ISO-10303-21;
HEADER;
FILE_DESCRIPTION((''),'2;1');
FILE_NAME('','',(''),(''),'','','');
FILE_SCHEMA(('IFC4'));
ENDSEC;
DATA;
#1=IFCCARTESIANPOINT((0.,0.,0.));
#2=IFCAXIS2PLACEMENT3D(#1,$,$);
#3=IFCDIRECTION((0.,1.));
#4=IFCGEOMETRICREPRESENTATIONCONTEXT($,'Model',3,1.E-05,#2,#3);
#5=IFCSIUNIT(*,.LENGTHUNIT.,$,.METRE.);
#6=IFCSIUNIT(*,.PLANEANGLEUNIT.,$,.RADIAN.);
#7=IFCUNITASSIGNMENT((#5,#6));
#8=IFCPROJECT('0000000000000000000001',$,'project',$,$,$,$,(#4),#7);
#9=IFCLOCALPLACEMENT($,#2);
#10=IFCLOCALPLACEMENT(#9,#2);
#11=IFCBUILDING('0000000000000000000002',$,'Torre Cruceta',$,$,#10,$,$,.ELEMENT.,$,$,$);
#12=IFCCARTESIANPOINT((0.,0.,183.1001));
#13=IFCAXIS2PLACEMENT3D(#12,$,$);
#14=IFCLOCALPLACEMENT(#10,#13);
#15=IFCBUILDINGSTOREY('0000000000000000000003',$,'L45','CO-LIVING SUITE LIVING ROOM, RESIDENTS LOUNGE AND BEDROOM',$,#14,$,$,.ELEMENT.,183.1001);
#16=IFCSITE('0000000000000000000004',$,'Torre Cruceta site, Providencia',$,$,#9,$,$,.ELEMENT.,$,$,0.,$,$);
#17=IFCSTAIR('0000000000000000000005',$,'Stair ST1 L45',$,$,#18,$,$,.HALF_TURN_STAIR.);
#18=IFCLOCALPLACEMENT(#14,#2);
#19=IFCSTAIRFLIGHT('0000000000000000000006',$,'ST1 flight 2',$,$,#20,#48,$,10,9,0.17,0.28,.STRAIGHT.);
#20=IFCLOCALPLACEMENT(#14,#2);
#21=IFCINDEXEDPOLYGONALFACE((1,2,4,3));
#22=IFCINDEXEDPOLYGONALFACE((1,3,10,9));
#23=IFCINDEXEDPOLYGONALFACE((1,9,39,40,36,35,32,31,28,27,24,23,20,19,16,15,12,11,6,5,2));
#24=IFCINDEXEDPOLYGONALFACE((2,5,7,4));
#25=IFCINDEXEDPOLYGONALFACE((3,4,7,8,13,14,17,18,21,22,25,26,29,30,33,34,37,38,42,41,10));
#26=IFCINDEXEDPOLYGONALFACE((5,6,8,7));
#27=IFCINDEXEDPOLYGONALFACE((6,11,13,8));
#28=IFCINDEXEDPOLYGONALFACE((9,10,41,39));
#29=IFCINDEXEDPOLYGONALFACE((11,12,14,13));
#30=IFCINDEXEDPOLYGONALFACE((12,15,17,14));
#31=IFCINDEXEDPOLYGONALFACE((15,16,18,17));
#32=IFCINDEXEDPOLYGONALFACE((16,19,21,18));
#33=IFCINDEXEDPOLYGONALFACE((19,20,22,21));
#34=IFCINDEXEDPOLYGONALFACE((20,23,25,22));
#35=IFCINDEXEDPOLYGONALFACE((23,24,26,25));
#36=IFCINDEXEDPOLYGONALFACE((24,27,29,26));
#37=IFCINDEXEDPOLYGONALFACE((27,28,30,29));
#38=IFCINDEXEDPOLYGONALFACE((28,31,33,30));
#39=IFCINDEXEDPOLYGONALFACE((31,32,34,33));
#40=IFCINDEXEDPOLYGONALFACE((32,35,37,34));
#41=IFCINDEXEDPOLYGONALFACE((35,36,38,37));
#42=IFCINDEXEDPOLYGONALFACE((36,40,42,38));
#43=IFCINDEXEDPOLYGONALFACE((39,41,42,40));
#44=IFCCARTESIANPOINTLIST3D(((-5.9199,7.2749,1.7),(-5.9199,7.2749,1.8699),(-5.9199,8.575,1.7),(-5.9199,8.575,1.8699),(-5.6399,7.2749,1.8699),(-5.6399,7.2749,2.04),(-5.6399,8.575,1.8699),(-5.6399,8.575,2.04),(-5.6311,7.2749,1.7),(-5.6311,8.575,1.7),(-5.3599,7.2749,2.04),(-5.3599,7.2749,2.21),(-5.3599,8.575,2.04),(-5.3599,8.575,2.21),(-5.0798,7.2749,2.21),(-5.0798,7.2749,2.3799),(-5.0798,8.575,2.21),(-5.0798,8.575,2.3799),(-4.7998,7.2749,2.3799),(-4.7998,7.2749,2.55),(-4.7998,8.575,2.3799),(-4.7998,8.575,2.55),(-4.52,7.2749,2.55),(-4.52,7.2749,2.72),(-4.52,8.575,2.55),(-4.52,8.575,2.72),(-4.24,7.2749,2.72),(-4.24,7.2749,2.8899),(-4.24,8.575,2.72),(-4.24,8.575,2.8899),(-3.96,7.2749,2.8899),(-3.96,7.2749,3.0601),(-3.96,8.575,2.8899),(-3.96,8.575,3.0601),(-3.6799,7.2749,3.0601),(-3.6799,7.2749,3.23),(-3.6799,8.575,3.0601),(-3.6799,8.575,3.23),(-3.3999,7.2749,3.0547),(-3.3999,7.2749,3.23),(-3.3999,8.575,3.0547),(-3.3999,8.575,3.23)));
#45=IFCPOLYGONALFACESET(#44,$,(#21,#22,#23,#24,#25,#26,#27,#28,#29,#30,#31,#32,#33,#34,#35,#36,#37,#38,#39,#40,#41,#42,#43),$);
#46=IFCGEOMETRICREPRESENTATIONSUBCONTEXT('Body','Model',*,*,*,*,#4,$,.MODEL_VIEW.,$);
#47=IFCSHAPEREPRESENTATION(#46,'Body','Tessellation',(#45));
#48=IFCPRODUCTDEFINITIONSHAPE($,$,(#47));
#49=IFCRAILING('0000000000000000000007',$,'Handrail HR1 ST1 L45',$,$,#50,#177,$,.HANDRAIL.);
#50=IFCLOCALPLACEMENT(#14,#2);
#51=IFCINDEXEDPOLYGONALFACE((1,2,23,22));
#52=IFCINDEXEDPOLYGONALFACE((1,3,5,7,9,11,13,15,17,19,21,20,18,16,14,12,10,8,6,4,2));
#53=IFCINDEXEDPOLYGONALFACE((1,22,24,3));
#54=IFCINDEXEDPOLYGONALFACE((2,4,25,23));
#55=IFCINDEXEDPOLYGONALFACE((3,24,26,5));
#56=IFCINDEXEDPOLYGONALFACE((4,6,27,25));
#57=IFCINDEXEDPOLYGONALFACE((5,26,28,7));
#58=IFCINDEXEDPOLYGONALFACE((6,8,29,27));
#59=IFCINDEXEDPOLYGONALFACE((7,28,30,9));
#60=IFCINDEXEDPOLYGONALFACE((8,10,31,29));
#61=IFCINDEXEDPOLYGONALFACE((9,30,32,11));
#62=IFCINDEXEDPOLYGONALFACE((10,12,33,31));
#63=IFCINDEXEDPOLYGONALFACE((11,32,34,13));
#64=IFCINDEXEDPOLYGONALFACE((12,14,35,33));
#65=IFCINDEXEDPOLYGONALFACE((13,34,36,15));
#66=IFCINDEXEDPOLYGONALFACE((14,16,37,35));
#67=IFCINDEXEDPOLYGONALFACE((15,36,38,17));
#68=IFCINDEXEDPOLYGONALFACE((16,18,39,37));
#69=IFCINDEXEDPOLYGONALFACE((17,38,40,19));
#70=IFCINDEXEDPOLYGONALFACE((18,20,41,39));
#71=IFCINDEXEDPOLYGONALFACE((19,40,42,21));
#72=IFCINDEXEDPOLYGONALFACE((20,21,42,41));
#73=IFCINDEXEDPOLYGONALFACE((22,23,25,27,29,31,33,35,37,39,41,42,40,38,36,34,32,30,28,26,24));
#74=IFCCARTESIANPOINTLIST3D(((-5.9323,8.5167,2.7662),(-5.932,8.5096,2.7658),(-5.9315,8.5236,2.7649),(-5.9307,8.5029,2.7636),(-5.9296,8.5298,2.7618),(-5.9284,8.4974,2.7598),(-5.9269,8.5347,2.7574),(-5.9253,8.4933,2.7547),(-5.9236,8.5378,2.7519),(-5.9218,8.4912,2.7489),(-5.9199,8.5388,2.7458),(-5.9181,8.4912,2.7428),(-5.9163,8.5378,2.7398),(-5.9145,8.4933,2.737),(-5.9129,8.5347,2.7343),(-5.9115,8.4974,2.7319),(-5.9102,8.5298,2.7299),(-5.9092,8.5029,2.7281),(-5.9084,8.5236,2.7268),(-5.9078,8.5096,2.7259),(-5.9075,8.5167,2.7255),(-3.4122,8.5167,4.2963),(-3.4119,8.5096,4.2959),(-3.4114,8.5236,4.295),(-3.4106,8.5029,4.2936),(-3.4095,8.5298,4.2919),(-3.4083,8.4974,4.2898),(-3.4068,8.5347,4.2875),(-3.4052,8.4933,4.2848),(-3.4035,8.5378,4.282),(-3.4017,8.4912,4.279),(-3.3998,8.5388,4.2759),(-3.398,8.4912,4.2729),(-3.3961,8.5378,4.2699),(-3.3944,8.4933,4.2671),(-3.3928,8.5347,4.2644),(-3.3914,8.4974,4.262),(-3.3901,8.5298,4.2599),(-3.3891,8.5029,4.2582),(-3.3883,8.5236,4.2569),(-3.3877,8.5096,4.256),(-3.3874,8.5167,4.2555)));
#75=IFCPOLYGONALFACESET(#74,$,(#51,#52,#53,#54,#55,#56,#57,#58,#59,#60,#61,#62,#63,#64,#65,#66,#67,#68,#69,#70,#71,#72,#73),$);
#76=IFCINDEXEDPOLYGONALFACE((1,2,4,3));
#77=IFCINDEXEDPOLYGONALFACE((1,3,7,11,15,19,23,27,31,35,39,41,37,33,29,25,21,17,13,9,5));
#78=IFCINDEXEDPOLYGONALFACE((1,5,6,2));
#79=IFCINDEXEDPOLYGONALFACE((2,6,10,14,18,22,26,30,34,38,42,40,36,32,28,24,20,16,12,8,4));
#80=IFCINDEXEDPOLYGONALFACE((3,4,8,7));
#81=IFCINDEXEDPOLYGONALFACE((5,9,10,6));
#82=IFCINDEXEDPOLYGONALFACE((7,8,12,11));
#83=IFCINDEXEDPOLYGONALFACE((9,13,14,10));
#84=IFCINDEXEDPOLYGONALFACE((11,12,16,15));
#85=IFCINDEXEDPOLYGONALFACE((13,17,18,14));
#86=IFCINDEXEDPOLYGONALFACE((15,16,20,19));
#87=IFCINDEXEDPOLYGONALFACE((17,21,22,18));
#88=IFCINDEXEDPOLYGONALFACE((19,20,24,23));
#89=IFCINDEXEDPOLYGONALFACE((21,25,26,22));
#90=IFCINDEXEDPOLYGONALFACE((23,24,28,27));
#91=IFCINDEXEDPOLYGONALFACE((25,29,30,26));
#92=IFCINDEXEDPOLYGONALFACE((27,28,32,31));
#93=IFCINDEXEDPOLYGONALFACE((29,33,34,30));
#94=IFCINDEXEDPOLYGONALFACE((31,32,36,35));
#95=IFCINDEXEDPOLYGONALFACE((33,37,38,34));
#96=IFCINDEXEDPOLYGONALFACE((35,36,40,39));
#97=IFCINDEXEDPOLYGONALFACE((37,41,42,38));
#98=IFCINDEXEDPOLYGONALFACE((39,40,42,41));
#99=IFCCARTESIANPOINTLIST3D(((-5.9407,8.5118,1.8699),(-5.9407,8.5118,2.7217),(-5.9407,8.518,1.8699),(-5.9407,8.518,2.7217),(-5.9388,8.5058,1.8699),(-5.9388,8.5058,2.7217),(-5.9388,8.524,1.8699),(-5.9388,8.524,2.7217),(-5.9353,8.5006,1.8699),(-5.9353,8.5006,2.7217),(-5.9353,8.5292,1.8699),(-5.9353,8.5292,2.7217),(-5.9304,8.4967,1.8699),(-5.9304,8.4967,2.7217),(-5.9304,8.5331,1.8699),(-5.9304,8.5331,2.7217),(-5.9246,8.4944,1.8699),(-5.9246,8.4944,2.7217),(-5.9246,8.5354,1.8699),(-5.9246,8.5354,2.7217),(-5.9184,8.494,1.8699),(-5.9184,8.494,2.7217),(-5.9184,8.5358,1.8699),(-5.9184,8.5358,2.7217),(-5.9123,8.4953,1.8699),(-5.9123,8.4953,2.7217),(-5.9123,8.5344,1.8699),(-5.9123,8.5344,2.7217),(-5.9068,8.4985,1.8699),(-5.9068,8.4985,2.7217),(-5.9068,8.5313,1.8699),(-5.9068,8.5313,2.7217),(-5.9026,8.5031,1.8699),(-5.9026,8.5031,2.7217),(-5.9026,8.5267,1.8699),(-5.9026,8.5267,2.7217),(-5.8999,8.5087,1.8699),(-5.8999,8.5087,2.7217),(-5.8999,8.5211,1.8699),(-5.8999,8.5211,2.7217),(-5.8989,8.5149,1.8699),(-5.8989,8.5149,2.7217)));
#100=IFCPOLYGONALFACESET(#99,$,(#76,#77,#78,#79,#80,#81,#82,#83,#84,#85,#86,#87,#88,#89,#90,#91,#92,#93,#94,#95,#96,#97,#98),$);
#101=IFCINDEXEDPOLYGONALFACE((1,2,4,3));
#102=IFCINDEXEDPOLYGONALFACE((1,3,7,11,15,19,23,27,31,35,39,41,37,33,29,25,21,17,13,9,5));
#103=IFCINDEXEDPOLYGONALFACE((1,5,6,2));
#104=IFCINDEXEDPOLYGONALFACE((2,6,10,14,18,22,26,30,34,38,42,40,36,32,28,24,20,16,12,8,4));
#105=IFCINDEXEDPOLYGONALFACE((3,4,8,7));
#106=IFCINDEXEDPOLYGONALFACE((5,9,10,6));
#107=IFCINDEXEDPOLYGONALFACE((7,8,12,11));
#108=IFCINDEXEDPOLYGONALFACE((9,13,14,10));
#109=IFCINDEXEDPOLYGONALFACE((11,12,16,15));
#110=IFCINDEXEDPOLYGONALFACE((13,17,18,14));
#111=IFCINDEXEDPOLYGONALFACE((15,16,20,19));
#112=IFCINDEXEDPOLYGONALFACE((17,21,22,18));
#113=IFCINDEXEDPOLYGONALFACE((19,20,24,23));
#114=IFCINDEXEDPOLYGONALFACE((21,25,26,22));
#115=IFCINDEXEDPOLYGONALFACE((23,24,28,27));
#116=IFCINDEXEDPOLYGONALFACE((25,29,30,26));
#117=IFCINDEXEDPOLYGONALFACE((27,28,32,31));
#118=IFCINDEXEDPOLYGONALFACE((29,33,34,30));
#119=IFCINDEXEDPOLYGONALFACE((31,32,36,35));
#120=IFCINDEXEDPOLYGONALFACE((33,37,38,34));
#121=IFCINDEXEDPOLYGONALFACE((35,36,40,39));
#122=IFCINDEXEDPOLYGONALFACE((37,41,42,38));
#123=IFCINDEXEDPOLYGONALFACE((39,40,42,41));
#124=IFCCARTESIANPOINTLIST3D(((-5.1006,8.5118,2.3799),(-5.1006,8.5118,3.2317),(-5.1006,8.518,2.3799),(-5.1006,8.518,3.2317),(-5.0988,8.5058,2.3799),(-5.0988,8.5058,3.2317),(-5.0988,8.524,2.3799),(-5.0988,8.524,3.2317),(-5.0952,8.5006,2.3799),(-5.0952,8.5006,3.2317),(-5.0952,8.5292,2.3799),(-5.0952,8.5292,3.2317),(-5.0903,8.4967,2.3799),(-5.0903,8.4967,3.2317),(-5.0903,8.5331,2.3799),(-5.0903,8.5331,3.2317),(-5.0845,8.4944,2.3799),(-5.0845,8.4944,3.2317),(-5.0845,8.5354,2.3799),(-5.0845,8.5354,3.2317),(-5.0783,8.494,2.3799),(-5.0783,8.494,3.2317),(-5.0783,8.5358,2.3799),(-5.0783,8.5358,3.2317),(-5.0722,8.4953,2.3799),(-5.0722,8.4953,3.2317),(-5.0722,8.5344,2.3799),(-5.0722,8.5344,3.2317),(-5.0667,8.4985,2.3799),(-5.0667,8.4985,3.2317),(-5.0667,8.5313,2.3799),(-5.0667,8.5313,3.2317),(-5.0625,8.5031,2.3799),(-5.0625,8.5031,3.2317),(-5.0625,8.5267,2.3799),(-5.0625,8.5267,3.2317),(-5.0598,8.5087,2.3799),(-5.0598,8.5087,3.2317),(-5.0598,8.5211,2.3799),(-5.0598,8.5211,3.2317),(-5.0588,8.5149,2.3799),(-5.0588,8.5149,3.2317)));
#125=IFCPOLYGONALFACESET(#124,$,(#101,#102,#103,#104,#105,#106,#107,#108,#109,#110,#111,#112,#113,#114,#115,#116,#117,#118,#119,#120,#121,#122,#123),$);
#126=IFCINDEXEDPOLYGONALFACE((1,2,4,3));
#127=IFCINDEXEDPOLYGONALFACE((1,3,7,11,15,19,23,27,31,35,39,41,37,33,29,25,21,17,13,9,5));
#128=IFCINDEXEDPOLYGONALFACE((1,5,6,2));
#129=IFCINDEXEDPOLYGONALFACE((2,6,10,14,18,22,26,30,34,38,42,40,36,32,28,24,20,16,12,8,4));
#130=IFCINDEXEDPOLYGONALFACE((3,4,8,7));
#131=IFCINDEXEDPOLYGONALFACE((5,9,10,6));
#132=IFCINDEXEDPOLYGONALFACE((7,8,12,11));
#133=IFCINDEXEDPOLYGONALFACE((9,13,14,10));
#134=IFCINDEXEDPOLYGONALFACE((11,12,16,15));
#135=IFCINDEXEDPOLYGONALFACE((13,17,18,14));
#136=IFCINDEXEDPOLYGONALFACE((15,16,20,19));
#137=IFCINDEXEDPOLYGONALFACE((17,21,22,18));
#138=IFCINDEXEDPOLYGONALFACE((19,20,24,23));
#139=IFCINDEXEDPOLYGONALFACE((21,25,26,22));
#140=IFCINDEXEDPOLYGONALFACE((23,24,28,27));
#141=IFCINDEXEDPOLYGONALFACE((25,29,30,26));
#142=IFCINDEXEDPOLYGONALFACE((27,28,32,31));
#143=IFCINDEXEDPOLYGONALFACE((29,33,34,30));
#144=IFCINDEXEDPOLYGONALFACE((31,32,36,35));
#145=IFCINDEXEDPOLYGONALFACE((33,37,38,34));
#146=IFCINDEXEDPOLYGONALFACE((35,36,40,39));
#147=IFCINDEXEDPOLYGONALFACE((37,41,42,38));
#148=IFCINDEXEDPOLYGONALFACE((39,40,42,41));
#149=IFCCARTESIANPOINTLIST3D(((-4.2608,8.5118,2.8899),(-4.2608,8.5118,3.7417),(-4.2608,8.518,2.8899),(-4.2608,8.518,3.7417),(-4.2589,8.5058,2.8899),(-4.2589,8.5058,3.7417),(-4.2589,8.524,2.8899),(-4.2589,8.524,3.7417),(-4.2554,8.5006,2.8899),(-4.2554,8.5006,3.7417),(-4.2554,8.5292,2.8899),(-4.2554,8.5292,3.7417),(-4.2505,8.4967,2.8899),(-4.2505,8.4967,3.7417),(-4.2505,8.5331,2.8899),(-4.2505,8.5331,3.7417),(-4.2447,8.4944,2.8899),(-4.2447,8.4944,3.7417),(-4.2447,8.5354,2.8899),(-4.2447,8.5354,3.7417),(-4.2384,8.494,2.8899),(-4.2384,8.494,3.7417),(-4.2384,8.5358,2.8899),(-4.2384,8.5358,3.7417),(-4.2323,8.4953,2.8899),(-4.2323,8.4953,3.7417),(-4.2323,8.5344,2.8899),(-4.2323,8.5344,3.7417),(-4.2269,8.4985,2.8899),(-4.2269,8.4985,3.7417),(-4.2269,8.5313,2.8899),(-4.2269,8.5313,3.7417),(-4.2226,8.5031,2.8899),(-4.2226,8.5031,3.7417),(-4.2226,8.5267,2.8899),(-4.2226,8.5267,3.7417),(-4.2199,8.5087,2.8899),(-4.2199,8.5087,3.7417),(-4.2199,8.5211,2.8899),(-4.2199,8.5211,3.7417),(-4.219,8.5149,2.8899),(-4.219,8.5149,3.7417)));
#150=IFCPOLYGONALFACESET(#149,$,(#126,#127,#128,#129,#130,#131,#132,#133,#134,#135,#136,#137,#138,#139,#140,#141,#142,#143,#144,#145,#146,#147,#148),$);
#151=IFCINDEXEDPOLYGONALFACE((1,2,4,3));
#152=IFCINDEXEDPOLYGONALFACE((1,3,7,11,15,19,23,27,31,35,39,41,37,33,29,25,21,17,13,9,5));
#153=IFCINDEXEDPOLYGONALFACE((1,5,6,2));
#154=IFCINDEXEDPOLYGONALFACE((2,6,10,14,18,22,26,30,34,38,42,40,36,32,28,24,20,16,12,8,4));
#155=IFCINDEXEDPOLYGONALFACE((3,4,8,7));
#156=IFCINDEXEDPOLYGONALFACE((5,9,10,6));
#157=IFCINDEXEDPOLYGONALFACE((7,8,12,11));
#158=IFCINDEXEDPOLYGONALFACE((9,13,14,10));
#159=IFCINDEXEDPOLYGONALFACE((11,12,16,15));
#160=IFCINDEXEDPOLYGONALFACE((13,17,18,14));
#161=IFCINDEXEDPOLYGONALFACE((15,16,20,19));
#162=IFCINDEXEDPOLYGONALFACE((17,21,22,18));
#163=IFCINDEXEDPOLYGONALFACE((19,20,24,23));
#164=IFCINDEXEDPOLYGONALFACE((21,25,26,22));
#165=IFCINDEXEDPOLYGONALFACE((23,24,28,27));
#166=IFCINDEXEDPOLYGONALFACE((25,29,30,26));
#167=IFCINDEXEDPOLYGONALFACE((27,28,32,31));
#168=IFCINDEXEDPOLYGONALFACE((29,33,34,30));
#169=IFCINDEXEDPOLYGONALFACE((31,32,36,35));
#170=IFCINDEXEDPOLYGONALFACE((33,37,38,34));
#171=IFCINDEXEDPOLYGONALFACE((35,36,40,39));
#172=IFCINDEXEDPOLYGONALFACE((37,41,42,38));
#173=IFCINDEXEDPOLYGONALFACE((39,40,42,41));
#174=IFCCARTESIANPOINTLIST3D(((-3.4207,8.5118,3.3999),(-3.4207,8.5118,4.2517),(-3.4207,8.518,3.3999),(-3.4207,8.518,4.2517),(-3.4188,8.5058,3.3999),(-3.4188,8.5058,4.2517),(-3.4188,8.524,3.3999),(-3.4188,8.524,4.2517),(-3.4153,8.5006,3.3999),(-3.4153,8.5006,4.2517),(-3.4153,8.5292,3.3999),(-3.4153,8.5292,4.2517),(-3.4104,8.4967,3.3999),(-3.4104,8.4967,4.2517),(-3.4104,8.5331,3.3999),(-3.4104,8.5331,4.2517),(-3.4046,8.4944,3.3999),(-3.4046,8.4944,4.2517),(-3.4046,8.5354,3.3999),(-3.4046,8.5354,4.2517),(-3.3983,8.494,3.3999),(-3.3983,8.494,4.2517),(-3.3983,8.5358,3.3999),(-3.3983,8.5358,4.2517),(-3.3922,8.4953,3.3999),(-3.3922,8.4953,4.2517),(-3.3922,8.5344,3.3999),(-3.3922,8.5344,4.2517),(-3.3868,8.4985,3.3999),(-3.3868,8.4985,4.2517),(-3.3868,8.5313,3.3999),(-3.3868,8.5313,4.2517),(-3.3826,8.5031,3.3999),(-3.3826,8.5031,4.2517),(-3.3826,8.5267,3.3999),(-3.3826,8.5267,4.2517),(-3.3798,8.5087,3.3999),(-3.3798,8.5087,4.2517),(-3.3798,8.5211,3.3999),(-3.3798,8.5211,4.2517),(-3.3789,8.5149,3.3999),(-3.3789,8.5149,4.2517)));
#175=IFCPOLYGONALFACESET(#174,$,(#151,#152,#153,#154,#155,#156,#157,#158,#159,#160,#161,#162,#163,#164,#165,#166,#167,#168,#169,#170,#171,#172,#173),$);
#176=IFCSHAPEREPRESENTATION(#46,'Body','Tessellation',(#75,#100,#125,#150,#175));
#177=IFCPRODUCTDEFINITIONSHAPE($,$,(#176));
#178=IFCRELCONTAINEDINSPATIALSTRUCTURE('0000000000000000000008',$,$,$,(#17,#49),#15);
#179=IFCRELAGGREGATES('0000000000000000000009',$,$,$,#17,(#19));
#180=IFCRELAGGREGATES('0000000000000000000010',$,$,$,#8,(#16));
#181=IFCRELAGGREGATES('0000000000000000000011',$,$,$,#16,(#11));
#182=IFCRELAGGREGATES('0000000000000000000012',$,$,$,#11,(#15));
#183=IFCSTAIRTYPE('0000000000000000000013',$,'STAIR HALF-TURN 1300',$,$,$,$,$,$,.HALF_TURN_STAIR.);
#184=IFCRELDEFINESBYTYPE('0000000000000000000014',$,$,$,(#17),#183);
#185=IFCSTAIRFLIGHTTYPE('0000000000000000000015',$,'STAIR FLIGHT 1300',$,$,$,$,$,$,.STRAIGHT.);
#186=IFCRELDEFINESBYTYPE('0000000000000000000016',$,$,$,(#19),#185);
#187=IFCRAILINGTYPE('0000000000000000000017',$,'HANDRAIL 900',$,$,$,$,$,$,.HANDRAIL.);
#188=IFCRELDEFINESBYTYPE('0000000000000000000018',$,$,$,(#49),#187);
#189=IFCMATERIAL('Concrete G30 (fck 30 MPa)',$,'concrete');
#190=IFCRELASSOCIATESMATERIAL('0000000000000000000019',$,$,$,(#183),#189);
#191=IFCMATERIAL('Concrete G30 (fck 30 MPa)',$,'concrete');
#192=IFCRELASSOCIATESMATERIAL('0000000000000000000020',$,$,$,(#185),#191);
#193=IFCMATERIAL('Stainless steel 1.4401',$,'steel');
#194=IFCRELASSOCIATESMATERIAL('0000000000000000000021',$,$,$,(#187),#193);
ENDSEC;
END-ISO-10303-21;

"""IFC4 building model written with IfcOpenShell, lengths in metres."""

from ifc_helpers import new_model, si_unit, direction, frame, origin, origin_2d, place, context, subcontext, project, spatial, polyline, circle, outline, extrude, material, type_object, element, aggregate, save


model = new_model("IFC4")

# Units and contexts
model_context = context("Model", 3, precision=1e-05, world=origin(), true_north=direction((0.0, 1.0)))
body_context = subcontext(model_context, "Body", "Model", "MODEL_VIEW")
ifc_project = project(units=[si_unit("LENGTHUNIT", "METRE"), si_unit("PLANEANGLEUNIT", "RADIAN")], contexts=[model_context])

# Site, building, storey
site_placement = place(None, origin())
site = spatial("IfcSite", under=ifc_project, at=site_placement, Name="Torre Cruceta site, Providencia", CompositionType="ELEMENT", RefElevation=0.0)
building_placement = place(site_placement, origin())
building = spatial("IfcBuilding", under=site, at=building_placement, Name="Torre Cruceta", CompositionType="ELEMENT")
storey_placement = place(building_placement, frame((0.0, 0.0, 183.1001)))
storey = spatial("IfcBuildingStorey", under=building, at=storey_placement, Name="L45", Description="CO-LIVING SUITE LIVING ROOM, RESIDENTS LOUNGE AND BEDROOM", CompositionType="ELEMENT", Elevation=183.1001)

# Stair, stair flight
ifc_material_1 = material(Name="Concrete G30 (fck 30 MPa)", Category="concrete")
stair_type = type_object("IfcStairType", Name="STAIR HALF-TURN 1300", PredefinedType="HALF_TURN_STAIR", material=ifc_material_1)
stair_placement = place(storey_placement, origin())
stair = element("IfcStair", 1, at=stair_placement, inside=storey, type_object=stair_type, Name="Stair ST1 L45", PredefinedType="HALF_TURN_STAIR")
ifc_material_2 = material(Name="Concrete G30 (fck 30 MPa)", Category="concrete")
stair_flight_type = type_object("IfcStairFlightType", Name="STAIR FLIGHT 1300", PredefinedType="STRAIGHT", material=ifc_material_2)
stair_flight_1_placement = place(storey_placement, frame((-5.9199, 7.925, 1.7), z_axis=(0.0, 0.0, 1.0), x_axis=(1.0, 0.0, 0.0)))
stair_flight_1 = element("IfcStairFlight", 2, at=stair_flight_1_placement, type_object=stair_flight_type, Name="ST1 flight 2", NumberOfRisers=10, NumberOfTreads=9, PredefinedType="STRAIGHT", RiserHeight=0.17, TreadLength=0.28, context=body_context, shape_type="SweptSolid", body=[
    extrude(outline(polyline([(0.0, 0.0), (0.0, 0.1699), (0.28, 0.1699), (0.28, 0.3401), (0.5601, 0.3401), (0.5601, 0.51), (0.8401, 0.51), (0.8401, 0.6799), (1.1201, 0.6799), (1.1201, 0.8501), (1.3999, 0.8501), (1.3999, 1.02), (1.6799, 1.02), (1.6799, 1.1899), (1.96, 1.1899), (1.96, 1.3601), (2.24, 1.3601), (2.24, 1.53), (2.52, 1.53), (2.52, 1.7), (2.52, 1.3547), (0.2888, 0.0), (0.0, 0.0)])), frame((0.0, 0.6499, 0.0), z_axis=(0.0, -1.0, 0.0), x_axis=(1.0, 0.0, 0.0)), (0.0, 0.0, 1.0), 1.3),
])
aggregate(stair, [stair_flight_1])

# Railing
ifc_material_3 = material(Name="Stainless steel 1.4401", Category="steel")
railing_type = type_object("IfcRailingType", Name="HANDRAIL 900", PredefinedType="HANDRAIL", material=ifc_material_3)
railing_1_placement = place(storey_placement, frame((-5.9199, 8.5149, 1.8699)))
element("IfcRailing", 3, at=railing_1_placement, inside=storey, type_object=railing_type, Name="Handrail HR1 ST1 L45", PredefinedType="HANDRAIL", context=body_context, shape_type="SweptSolid", body=[
    extrude(circle(Radius=0.0239, at=origin_2d()), frame((0.0, 0.0, 0.876), z_axis=(0.854785, 0.0, 0.518982), x_axis=(0.0, 1.0, 0.0)), (0.0, 0.0, 1.0), 2.9482),
    extrude(circle(Radius=0.021, at=origin_2d()), origin(), (0.0, 0.0, 1.0), 0.8518),
    extrude(circle(Radius=0.021, at=origin_2d()), frame((0.8401, 0.0, 0.51)), (0.0, 0.0, 1.0), 0.8518),
    extrude(circle(Radius=0.021, at=origin_2d()), frame((1.6799, 0.0, 1.02)), (0.0, 0.0, 1.0), 0.8518),
    extrude(circle(Radius=0.021, at=origin_2d()), frame((2.52, 0.0, 1.53)), (0.0, 0.0, 1.0), 0.8518),
])

save(model, "model.ifc")
